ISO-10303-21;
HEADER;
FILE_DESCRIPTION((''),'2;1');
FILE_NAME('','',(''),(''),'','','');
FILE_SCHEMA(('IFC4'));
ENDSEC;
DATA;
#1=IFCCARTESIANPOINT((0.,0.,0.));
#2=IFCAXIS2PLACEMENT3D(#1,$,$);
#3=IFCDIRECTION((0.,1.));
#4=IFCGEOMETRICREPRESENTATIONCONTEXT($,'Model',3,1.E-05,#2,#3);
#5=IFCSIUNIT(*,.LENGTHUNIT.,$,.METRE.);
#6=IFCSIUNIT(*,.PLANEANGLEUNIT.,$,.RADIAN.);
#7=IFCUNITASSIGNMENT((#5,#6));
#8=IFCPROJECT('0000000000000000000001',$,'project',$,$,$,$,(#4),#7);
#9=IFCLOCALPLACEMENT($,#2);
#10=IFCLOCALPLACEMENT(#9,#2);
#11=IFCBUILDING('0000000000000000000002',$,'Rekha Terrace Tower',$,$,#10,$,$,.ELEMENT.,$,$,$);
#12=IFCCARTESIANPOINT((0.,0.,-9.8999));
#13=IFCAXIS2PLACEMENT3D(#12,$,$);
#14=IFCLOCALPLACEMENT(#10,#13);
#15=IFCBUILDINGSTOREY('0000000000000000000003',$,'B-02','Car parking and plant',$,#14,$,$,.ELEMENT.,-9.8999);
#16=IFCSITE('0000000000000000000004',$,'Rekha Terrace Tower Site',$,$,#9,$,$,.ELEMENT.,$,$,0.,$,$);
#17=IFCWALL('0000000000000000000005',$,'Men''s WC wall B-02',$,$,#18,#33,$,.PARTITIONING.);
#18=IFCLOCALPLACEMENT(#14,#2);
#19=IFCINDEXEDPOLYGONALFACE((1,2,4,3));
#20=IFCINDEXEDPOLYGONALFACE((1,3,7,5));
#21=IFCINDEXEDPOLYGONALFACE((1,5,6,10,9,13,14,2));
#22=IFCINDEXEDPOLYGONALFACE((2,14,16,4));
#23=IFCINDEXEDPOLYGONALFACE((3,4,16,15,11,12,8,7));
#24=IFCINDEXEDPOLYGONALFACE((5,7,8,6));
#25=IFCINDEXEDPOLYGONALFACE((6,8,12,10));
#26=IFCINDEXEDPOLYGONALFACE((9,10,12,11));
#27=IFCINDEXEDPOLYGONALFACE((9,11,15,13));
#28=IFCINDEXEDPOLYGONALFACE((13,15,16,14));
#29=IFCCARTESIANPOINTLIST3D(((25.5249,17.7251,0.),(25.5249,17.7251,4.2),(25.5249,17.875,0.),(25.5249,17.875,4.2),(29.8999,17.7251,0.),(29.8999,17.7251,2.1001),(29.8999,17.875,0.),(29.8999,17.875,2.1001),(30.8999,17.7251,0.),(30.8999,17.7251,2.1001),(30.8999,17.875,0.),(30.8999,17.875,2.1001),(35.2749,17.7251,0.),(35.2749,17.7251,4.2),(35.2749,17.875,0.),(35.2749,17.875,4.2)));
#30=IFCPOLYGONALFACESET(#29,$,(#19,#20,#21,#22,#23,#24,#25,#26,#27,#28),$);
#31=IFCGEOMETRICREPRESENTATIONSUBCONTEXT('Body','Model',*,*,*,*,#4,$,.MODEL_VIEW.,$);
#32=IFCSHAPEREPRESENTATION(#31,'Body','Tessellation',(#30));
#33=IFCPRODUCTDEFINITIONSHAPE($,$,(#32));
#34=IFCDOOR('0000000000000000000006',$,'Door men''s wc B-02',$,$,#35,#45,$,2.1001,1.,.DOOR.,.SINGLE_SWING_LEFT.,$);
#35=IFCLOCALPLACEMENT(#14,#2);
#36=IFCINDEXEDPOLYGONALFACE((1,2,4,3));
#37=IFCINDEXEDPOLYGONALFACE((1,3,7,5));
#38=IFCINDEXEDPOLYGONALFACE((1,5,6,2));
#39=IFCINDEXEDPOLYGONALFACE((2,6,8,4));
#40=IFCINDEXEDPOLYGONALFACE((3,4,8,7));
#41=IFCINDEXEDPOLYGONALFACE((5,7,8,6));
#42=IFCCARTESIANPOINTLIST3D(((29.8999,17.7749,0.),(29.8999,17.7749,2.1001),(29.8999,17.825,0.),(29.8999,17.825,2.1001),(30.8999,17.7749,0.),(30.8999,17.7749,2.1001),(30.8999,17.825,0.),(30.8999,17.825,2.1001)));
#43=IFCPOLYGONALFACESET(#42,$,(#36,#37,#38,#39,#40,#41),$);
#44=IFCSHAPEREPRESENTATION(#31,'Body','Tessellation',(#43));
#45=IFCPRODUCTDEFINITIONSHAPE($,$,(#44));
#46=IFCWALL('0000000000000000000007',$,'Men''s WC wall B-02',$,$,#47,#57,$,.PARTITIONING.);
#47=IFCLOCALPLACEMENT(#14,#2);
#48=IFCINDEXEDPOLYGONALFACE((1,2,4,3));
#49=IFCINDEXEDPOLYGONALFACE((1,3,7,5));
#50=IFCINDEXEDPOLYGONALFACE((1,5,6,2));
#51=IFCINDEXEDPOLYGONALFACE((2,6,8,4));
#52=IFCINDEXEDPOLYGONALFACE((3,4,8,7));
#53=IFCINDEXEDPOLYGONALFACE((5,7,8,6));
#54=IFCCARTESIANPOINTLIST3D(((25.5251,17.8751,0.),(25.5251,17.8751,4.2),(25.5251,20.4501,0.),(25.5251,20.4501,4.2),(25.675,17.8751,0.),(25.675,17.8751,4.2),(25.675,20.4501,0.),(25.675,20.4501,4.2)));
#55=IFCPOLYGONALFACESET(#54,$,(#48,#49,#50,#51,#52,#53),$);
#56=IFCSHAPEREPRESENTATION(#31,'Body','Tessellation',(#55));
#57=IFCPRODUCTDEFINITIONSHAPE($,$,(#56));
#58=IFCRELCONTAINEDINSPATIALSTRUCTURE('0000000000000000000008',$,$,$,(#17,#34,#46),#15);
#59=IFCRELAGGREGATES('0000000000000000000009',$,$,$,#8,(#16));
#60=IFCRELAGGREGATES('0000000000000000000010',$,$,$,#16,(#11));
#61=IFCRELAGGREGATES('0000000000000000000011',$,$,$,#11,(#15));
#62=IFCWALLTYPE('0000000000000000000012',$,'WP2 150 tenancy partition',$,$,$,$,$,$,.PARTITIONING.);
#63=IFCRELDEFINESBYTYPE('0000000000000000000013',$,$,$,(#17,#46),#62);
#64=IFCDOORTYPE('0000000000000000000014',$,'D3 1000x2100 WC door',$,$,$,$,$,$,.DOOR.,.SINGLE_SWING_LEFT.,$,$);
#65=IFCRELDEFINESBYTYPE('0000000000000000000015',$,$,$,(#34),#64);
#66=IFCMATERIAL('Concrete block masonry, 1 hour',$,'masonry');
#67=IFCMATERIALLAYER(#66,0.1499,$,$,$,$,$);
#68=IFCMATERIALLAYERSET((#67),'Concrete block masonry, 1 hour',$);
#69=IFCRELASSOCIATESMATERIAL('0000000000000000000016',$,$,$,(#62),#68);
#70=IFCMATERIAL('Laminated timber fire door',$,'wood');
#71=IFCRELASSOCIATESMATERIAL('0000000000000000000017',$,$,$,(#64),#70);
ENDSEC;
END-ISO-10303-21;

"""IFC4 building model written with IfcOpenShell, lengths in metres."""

from ifc_helpers import new_model, si_unit, direction, frame, frame_2d, origin, place, context, subcontext, project, spatial, rectangle, extrude, material, layer, layer_set, type_object, element, fill, save


model = new_model("IFC4")

# Units and contexts
model_context = context("Model", 3, precision=1e-05, world=origin(), true_north=direction((0.0, 1.0)))
body_context = subcontext(model_context, "Body", "Model", "MODEL_VIEW")
ifc_project = project(units=[si_unit("LENGTHUNIT", "METRE"), si_unit("PLANEANGLEUNIT", "RADIAN")], contexts=[model_context])

# Site, building, storey
site_placement = place(None, origin())
site = spatial("IfcSite", under=ifc_project, at=site_placement, Name="Rekha Terrace Tower Site", CompositionType="ELEMENT", RefElevation=0.0)
building_placement = place(site_placement, origin())
building = spatial("IfcBuilding", under=site, at=building_placement, Name="Rekha Terrace Tower", CompositionType="ELEMENT")
storey_placement = place(building_placement, frame((0.0, 0.0, -9.8999)))
storey = spatial("IfcBuildingStorey", under=building, at=storey_placement, Name="B-02", Description="Car parking and plant", CompositionType="ELEMENT", Elevation=-9.8999)

# Wall, opening, door
ifc_material_1 = material(Name="Concrete block masonry, 1 hour", Category="masonry")
ifc_layer_1 = layer(ifc_material_1, 0.1499)
ifc_layer_set_1 = layer_set([ifc_layer_1], Name="Concrete block masonry, 1 hour")
wall_type_1 = type_object("IfcWallType", Name="WP2 150 tenancy partition", PredefinedType="PARTITIONING", material=ifc_layer_set_1)
wall_1_placement = place(storey_placement, frame((25.5249, 17.8, 0.0), z_axis=(0.0, 0.0, 1.0), x_axis=(1.0, 0.0, 0.0)))
wall_1 = element("IfcWall", 1, at=wall_1_placement, inside=storey, type_object=wall_type_1, Name="Men's WC wall B-02", PredefinedType="PARTITIONING", context=body_context, shape_type="SweptSolid", body=[
    extrude(rectangle(XDim=9.75, YDim=0.1499, at=frame_2d((4.875, 0.0))), origin(), (0.0, 0.0, 1.0), 4.2),
])
opening_placement = place(wall_1_placement, frame((4.375, 0.0, 0.0)))
opening = element("IfcOpeningElement", 2, at=opening_placement, cuts=wall_1, PredefinedType="OPENING", context=body_context, shape_type="SweptSolid", body=[
    extrude(rectangle(XDim=1.0, YDim=2.1001, at=frame_2d((0.5, 1.05))), frame((0.0, 0.085, 0.0), z_axis=(0.0, -1.0, 0.0), x_axis=(1.0, 0.0, 0.0)), (0.0, 0.0, 1.0), 0.1699),
])
ifc_material_2 = material(Name="Laminated timber fire door", Category="wood")
door_type = type_object("IfcDoorType", Name="D3 1000x2100 WC door", OperationType="SINGLE_SWING_LEFT", PredefinedType="DOOR", material=ifc_material_2)
door_placement = place(opening_placement, origin())
door = element("IfcDoor", 3, at=door_placement, inside=storey, type_object=door_type, Name="Door men's wc B-02", OperationType="SINGLE_SWING_LEFT", OverallHeight=2.1001, OverallWidth=1.0, PredefinedType="DOOR", context=body_context, shape_type="SweptSolid", body=[
    extrude(rectangle(XDim=1.0, YDim=2.1001, at=frame_2d((0.5, 1.05))), frame((0.0, 0.0249, 0.0), z_axis=(0.0, -1.0, 0.0), x_axis=(1.0, 0.0, 0.0)), (0.0, 0.0, 1.0), 0.05),
])
fill(opening, door)

# Wall
wall_2_placement = place(storey_placement, frame((25.6001, 17.875, 0.0), z_axis=(0.0, 0.0, 1.0), x_axis=(0.0, 1.0, 0.0)))
element("IfcWall", 4, at=wall_2_placement, inside=storey, type_object=wall_type_1, Name="Men's WC wall B-02", PredefinedType="PARTITIONING", context=body_context, shape_type="SweptSolid", body=[
    extrude(rectangle(XDim=2.575, YDim=0.1499, at=frame_2d((1.2876, 0.0))), origin(), (0.0, 0.0, 1.0), 4.2),
])

save(model, "model.ifc")
